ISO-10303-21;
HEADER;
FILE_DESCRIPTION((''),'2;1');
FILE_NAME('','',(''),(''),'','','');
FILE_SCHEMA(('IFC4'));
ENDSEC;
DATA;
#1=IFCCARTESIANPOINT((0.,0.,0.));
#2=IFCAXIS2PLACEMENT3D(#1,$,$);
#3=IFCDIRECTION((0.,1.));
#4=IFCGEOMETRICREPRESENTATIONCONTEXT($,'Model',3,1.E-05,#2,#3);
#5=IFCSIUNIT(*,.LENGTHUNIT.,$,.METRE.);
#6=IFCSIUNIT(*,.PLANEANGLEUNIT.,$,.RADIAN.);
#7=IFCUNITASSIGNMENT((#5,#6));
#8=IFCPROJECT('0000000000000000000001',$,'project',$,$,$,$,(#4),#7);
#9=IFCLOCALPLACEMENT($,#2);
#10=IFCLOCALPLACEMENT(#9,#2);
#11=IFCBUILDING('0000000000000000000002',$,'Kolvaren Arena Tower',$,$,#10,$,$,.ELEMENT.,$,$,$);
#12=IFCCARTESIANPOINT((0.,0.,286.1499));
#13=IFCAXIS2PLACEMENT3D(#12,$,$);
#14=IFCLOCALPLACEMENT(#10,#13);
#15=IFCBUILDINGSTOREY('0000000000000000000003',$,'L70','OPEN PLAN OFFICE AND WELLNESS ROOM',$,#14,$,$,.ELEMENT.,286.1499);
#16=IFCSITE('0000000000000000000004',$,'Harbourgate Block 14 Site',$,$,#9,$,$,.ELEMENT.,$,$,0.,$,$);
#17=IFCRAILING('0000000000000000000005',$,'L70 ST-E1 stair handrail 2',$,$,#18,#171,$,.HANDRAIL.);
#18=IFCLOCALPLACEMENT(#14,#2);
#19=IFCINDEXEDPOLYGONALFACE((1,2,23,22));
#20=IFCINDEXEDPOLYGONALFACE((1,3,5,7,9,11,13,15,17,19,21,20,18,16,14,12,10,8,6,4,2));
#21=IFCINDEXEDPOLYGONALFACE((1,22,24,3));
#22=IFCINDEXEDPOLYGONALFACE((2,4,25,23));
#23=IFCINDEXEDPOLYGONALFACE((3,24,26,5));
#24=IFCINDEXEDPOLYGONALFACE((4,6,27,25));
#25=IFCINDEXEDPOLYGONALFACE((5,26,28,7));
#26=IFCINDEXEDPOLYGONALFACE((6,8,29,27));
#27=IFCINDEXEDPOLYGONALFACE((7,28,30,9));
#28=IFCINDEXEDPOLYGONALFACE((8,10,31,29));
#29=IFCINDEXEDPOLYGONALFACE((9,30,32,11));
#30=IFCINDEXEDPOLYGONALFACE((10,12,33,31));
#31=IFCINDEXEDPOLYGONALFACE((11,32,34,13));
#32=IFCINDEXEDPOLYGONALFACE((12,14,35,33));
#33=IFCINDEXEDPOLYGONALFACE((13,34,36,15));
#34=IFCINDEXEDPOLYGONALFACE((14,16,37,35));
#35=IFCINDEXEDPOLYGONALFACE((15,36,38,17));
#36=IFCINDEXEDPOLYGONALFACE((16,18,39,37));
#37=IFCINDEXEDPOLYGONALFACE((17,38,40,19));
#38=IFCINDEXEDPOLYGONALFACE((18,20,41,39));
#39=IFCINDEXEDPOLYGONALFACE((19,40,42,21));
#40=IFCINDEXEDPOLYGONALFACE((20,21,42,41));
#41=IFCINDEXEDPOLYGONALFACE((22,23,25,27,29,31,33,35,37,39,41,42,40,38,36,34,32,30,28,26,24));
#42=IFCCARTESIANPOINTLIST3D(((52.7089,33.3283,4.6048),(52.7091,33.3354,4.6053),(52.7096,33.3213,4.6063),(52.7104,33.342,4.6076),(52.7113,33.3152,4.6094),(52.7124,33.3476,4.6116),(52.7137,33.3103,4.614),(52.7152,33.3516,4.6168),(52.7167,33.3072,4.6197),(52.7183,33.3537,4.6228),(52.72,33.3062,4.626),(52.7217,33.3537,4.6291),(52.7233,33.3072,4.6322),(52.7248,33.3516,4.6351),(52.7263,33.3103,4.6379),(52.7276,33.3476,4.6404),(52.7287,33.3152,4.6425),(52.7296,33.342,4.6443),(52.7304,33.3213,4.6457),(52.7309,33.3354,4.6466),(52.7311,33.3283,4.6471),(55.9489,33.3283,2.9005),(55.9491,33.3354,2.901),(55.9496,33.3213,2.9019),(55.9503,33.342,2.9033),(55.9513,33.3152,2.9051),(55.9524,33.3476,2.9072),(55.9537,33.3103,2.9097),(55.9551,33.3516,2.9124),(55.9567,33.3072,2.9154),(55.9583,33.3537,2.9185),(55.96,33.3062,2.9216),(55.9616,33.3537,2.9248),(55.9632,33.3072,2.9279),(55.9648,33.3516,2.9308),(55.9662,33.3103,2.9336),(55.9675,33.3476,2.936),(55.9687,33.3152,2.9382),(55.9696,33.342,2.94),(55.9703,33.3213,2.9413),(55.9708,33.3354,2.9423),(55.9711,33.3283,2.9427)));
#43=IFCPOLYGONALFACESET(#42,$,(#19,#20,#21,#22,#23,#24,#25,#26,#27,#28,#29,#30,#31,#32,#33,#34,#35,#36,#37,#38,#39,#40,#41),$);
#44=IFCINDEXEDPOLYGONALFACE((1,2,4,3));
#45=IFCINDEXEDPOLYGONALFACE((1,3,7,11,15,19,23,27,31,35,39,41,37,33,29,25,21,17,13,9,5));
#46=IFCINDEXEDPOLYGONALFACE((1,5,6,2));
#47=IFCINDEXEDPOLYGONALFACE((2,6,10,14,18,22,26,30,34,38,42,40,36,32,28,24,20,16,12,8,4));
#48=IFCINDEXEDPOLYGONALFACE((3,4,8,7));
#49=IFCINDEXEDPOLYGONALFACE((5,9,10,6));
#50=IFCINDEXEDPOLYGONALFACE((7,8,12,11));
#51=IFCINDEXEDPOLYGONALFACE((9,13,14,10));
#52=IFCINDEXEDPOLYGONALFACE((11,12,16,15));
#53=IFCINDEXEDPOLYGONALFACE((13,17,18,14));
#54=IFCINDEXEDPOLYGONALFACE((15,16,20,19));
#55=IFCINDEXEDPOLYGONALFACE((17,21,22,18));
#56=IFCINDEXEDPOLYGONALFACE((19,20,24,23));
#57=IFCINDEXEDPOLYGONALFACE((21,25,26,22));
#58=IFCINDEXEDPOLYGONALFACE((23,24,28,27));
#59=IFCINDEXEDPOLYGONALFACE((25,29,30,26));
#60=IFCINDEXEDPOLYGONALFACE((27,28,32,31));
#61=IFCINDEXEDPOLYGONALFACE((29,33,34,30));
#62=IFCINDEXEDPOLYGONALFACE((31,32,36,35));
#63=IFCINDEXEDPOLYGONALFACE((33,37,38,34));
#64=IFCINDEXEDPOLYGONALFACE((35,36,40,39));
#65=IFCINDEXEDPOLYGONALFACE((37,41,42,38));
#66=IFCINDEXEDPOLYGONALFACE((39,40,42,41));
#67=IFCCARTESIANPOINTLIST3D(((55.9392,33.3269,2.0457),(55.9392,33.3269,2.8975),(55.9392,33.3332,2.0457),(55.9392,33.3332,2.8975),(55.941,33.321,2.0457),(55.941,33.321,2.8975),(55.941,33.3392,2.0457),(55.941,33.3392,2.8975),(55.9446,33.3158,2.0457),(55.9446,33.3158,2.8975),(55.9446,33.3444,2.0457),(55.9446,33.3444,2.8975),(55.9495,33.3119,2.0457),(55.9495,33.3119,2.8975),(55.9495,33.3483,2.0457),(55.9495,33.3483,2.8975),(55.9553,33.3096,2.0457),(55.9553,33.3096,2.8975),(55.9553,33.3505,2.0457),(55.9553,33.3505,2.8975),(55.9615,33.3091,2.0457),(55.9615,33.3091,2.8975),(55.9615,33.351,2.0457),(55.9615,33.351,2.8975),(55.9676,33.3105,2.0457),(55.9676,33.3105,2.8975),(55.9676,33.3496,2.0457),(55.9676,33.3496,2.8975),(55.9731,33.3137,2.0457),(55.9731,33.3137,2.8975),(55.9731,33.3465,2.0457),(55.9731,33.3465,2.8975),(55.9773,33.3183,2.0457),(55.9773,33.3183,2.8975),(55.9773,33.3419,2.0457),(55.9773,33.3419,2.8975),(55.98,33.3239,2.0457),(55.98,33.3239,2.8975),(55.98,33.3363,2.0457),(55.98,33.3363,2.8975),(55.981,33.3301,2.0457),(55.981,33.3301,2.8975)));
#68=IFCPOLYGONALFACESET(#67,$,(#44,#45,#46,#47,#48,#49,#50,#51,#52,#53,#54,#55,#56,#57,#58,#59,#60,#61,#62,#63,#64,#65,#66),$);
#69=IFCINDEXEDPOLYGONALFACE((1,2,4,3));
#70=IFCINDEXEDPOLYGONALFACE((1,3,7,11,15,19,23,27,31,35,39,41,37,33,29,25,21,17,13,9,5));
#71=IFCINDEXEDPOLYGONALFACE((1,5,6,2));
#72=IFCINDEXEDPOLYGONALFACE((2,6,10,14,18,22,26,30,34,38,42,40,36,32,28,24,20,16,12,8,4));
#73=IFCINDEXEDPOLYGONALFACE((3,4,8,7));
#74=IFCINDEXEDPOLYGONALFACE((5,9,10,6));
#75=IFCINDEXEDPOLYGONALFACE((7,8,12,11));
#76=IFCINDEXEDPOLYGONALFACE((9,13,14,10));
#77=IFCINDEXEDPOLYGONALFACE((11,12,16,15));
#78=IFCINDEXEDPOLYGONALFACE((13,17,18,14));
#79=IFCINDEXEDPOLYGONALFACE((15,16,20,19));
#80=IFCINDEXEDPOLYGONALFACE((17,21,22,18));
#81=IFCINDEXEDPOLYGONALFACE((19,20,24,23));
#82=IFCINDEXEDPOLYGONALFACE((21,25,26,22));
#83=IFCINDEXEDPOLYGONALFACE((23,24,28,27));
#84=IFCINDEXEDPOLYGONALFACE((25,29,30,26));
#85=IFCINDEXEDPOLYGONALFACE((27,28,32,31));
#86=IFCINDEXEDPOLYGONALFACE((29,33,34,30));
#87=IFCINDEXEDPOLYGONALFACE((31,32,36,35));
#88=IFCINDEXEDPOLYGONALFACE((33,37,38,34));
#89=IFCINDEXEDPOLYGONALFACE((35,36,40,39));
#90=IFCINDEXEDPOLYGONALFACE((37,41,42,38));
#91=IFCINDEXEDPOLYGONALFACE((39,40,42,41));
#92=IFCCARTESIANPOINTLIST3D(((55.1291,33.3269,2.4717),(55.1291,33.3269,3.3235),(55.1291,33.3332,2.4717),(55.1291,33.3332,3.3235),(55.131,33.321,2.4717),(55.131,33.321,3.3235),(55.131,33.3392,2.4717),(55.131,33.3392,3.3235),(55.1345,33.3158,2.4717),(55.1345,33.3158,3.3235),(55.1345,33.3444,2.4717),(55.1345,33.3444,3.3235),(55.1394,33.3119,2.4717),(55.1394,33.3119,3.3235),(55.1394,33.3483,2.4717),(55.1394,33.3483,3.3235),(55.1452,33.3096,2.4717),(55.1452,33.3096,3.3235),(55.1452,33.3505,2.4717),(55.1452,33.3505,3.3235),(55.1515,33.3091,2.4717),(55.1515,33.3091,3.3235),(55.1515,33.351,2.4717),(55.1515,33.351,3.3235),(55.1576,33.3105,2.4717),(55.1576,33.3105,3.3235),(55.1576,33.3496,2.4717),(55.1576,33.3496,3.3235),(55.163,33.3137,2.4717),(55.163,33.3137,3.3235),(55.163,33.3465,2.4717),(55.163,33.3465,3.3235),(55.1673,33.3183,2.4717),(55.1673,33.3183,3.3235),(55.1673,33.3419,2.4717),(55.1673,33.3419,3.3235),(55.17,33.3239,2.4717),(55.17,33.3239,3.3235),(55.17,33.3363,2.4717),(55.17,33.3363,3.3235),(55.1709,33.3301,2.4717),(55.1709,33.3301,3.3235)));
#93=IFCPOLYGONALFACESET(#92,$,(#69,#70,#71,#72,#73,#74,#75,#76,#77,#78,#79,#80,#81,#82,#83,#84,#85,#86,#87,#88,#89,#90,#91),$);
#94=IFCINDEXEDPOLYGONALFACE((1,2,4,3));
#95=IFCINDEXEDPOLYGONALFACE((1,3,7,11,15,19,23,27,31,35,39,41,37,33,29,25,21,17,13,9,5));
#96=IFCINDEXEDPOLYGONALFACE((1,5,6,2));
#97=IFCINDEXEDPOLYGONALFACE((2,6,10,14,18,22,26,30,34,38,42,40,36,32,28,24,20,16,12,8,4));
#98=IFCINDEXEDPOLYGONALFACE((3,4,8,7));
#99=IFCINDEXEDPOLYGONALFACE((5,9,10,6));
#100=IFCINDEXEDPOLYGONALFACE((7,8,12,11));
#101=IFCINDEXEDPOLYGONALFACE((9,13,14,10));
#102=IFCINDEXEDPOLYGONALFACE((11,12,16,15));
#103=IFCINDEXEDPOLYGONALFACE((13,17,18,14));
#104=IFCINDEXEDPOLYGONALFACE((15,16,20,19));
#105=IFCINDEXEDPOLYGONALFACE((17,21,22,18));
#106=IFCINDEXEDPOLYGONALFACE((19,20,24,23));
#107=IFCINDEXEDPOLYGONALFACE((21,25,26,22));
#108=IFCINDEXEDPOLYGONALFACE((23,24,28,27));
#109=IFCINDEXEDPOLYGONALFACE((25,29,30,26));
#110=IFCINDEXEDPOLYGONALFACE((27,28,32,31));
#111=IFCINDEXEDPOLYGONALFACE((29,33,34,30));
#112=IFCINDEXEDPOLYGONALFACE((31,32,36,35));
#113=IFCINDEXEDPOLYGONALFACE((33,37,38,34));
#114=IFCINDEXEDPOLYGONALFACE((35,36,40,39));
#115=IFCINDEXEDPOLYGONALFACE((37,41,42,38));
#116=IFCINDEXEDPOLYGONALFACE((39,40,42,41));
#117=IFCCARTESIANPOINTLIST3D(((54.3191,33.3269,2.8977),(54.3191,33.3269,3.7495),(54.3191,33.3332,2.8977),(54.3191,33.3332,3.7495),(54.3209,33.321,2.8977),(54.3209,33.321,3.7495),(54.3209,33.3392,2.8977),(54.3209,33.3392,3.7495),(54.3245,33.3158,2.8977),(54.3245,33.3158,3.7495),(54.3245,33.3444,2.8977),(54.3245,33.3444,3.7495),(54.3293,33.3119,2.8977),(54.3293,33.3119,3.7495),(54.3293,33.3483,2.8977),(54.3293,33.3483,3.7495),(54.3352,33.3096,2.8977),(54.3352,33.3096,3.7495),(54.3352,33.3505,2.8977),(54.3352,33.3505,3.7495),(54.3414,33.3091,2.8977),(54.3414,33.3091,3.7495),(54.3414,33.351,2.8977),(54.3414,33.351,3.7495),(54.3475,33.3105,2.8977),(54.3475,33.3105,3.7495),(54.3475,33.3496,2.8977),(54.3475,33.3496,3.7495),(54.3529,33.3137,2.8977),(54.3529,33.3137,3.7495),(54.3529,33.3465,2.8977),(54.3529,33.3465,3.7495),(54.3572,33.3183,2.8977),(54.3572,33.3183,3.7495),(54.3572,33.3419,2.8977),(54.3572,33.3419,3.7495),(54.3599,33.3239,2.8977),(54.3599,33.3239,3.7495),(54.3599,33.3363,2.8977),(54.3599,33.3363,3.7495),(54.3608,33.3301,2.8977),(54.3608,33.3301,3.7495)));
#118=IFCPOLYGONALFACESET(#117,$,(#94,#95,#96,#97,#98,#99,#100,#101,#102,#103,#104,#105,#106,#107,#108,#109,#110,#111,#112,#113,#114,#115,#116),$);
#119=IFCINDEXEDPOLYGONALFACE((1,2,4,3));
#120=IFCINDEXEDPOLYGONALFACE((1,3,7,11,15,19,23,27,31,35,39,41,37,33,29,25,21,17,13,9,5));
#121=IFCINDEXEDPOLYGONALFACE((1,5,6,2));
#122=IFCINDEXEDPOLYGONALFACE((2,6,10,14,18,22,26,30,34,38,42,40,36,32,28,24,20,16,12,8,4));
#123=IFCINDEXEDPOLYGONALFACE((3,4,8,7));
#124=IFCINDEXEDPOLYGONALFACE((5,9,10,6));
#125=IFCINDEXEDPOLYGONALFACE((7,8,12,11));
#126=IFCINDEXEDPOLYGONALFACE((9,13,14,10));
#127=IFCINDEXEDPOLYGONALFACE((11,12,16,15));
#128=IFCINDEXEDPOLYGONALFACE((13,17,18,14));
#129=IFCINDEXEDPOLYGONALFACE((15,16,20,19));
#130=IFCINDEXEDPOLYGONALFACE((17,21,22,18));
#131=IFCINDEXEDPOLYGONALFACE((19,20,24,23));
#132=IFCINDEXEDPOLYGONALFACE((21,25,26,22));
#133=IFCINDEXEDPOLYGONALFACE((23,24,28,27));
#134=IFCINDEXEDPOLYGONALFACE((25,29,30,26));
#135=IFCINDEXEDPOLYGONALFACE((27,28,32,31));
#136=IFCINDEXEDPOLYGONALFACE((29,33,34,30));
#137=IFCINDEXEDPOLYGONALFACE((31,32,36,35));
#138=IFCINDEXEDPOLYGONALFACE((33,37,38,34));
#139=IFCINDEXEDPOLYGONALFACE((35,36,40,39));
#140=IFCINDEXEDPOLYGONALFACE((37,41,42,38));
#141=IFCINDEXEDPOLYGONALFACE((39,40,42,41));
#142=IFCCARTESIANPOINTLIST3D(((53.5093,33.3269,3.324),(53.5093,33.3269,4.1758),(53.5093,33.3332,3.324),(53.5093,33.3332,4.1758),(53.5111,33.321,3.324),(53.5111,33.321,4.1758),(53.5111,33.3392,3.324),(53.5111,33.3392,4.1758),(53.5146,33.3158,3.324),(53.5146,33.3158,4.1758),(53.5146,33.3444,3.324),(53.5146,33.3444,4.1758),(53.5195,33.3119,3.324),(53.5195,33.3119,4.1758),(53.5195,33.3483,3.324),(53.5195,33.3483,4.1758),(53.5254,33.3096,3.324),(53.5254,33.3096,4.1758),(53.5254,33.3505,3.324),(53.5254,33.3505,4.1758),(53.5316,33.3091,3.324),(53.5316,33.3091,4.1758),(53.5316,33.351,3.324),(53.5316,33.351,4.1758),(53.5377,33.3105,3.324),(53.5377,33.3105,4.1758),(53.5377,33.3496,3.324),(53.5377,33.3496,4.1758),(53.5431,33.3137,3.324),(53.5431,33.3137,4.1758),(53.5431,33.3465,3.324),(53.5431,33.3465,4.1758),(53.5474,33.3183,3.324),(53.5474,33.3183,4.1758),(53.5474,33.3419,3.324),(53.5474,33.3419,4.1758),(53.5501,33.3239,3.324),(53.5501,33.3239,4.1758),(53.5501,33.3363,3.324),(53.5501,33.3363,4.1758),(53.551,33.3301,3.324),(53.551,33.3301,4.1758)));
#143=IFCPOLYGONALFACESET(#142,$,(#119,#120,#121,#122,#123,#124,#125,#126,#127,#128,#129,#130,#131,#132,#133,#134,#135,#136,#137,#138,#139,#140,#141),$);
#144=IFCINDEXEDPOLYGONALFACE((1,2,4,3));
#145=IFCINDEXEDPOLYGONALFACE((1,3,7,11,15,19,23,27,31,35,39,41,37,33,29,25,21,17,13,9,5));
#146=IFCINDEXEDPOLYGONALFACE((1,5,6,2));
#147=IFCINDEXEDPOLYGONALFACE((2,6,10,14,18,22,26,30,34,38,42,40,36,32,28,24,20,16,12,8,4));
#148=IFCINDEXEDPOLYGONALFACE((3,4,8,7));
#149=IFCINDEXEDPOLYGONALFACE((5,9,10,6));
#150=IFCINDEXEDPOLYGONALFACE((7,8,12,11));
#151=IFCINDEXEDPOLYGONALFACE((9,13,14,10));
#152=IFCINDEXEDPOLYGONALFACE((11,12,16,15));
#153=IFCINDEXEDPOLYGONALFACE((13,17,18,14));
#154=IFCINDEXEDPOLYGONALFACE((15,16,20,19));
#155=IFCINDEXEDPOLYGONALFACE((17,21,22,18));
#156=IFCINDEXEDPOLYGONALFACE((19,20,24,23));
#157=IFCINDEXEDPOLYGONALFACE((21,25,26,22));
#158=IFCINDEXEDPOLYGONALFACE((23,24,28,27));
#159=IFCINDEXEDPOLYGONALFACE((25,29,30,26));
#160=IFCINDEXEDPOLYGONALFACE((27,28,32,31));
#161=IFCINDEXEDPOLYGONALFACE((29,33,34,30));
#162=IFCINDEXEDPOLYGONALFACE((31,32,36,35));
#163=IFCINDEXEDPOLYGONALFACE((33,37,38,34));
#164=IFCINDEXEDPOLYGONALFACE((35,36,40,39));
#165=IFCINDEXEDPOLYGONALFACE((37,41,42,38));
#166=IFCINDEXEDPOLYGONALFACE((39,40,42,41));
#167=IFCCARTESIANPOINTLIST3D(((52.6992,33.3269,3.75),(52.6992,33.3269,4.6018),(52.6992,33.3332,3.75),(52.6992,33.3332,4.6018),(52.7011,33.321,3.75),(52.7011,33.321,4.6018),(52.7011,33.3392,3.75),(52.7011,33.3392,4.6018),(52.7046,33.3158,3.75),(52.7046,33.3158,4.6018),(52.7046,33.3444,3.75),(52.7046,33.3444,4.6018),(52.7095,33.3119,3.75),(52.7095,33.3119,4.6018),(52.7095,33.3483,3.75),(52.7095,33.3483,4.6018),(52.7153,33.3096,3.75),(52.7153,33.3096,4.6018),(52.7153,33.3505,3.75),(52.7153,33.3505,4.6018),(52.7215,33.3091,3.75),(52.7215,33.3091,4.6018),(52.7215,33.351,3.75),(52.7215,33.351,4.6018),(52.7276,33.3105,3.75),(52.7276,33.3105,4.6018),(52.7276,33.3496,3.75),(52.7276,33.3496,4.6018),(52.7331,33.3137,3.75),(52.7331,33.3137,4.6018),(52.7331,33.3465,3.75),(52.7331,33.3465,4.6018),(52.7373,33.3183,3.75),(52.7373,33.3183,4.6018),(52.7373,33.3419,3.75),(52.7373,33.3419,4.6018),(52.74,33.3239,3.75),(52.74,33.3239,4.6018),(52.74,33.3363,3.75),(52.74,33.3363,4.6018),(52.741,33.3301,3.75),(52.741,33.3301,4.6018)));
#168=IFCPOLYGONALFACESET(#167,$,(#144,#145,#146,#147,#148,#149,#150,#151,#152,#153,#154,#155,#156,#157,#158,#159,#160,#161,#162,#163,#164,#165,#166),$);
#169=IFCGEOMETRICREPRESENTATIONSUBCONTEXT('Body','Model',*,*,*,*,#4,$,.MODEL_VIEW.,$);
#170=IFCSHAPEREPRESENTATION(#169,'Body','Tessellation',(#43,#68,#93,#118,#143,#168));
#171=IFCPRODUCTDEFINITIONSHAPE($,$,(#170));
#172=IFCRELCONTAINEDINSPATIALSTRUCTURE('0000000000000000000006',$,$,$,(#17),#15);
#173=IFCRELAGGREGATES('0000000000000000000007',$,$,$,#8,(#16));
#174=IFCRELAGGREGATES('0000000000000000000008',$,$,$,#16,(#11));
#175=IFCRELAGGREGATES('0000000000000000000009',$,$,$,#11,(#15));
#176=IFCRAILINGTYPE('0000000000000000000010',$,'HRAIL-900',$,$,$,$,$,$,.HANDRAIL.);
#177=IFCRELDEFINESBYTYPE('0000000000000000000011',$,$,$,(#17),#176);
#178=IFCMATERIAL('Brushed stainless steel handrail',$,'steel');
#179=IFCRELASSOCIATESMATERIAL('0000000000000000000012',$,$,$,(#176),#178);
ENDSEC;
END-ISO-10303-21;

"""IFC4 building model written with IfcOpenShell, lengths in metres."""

from ifc_helpers import new_model, si_unit, direction, frame, origin, origin_2d, place, context, subcontext, project, spatial, circle, extrude, material, type_object, element, save


model = new_model("IFC4")

# Units and contexts
model_context = context("Model", 3, precision=1e-05, world=origin(), true_north=direction((0.0, 1.0)))
body_context = subcontext(model_context, "Body", "Model", "MODEL_VIEW")
ifc_project = project(units=[si_unit("LENGTHUNIT", "METRE"), si_unit("PLANEANGLEUNIT", "RADIAN")], contexts=[model_context])

# Site, building, storey
site_placement = place(None, origin())
site = spatial("IfcSite", under=ifc_project, at=site_placement, Name="Harbourgate Block 14 Site", CompositionType="ELEMENT", RefElevation=0.0)
building_placement = place(site_placement, origin())
building = spatial("IfcBuilding", under=site, at=building_placement, Name="Kolvaren Arena Tower", CompositionType="ELEMENT")
storey_placement = place(building_placement, frame((0.0, 0.0, 286.1499)))
storey = spatial("IfcBuildingStorey", under=building, at=storey_placement, Name="L70", Description="OPEN PLAN OFFICE AND WELLNESS ROOM", CompositionType="ELEMENT", Elevation=286.1499)

# Railing
ifc_material_1 = material(Name="Brushed stainless steel handrail", Category="steel")
railing_type_1 = type_object("IfcRailingType", Name="HRAIL-900", PredefinedType="HANDRAIL", material=ifc_material_1)
railing_1_placement = place(storey_placement, frame((55.96, 33.3301, 2.0457)))
element("IfcRailing", 1, at=railing_1_placement, inside=storey, type_object=railing_type_1, Name="L70 ST-E1 stair handrail 2", PredefinedType="HANDRAIL", context=body_context, shape_type="SweptSolid", body=[
    extrude(circle(Radius=0.0239, at=origin_2d()), frame((0.0, 0.0, 0.876), z_axis=(-0.885021, 0.0, 0.465551), x_axis=(0.0, -1.0, 0.0)), (0.0, 0.0, 1.0), 3.6609),
    extrude(circle(Radius=0.021, at=origin_2d()), origin(), (0.0, 0.0, 1.0), 0.8518),
    extrude(circle(Radius=0.021, at=origin_2d()), frame((-0.8101, 0.0, 0.426)), (0.0, 0.0, 1.0), 0.8518),
    extrude(circle(Radius=0.021, at=origin_2d()), frame((-1.6201, 0.0, 0.8521)), (0.0, 0.0, 1.0), 0.8518),
    extrude(circle(Radius=0.021, at=origin_2d()), frame((-2.4299, 0.0, 1.2783)), (0.0, 0.0, 1.0), 0.8518),
    extrude(circle(Radius=0.021, at=origin_2d()), frame((-3.24, 0.0, 1.7043)), (0.0, 0.0, 1.0), 0.8518),
])

save(model, "model.ifc")
